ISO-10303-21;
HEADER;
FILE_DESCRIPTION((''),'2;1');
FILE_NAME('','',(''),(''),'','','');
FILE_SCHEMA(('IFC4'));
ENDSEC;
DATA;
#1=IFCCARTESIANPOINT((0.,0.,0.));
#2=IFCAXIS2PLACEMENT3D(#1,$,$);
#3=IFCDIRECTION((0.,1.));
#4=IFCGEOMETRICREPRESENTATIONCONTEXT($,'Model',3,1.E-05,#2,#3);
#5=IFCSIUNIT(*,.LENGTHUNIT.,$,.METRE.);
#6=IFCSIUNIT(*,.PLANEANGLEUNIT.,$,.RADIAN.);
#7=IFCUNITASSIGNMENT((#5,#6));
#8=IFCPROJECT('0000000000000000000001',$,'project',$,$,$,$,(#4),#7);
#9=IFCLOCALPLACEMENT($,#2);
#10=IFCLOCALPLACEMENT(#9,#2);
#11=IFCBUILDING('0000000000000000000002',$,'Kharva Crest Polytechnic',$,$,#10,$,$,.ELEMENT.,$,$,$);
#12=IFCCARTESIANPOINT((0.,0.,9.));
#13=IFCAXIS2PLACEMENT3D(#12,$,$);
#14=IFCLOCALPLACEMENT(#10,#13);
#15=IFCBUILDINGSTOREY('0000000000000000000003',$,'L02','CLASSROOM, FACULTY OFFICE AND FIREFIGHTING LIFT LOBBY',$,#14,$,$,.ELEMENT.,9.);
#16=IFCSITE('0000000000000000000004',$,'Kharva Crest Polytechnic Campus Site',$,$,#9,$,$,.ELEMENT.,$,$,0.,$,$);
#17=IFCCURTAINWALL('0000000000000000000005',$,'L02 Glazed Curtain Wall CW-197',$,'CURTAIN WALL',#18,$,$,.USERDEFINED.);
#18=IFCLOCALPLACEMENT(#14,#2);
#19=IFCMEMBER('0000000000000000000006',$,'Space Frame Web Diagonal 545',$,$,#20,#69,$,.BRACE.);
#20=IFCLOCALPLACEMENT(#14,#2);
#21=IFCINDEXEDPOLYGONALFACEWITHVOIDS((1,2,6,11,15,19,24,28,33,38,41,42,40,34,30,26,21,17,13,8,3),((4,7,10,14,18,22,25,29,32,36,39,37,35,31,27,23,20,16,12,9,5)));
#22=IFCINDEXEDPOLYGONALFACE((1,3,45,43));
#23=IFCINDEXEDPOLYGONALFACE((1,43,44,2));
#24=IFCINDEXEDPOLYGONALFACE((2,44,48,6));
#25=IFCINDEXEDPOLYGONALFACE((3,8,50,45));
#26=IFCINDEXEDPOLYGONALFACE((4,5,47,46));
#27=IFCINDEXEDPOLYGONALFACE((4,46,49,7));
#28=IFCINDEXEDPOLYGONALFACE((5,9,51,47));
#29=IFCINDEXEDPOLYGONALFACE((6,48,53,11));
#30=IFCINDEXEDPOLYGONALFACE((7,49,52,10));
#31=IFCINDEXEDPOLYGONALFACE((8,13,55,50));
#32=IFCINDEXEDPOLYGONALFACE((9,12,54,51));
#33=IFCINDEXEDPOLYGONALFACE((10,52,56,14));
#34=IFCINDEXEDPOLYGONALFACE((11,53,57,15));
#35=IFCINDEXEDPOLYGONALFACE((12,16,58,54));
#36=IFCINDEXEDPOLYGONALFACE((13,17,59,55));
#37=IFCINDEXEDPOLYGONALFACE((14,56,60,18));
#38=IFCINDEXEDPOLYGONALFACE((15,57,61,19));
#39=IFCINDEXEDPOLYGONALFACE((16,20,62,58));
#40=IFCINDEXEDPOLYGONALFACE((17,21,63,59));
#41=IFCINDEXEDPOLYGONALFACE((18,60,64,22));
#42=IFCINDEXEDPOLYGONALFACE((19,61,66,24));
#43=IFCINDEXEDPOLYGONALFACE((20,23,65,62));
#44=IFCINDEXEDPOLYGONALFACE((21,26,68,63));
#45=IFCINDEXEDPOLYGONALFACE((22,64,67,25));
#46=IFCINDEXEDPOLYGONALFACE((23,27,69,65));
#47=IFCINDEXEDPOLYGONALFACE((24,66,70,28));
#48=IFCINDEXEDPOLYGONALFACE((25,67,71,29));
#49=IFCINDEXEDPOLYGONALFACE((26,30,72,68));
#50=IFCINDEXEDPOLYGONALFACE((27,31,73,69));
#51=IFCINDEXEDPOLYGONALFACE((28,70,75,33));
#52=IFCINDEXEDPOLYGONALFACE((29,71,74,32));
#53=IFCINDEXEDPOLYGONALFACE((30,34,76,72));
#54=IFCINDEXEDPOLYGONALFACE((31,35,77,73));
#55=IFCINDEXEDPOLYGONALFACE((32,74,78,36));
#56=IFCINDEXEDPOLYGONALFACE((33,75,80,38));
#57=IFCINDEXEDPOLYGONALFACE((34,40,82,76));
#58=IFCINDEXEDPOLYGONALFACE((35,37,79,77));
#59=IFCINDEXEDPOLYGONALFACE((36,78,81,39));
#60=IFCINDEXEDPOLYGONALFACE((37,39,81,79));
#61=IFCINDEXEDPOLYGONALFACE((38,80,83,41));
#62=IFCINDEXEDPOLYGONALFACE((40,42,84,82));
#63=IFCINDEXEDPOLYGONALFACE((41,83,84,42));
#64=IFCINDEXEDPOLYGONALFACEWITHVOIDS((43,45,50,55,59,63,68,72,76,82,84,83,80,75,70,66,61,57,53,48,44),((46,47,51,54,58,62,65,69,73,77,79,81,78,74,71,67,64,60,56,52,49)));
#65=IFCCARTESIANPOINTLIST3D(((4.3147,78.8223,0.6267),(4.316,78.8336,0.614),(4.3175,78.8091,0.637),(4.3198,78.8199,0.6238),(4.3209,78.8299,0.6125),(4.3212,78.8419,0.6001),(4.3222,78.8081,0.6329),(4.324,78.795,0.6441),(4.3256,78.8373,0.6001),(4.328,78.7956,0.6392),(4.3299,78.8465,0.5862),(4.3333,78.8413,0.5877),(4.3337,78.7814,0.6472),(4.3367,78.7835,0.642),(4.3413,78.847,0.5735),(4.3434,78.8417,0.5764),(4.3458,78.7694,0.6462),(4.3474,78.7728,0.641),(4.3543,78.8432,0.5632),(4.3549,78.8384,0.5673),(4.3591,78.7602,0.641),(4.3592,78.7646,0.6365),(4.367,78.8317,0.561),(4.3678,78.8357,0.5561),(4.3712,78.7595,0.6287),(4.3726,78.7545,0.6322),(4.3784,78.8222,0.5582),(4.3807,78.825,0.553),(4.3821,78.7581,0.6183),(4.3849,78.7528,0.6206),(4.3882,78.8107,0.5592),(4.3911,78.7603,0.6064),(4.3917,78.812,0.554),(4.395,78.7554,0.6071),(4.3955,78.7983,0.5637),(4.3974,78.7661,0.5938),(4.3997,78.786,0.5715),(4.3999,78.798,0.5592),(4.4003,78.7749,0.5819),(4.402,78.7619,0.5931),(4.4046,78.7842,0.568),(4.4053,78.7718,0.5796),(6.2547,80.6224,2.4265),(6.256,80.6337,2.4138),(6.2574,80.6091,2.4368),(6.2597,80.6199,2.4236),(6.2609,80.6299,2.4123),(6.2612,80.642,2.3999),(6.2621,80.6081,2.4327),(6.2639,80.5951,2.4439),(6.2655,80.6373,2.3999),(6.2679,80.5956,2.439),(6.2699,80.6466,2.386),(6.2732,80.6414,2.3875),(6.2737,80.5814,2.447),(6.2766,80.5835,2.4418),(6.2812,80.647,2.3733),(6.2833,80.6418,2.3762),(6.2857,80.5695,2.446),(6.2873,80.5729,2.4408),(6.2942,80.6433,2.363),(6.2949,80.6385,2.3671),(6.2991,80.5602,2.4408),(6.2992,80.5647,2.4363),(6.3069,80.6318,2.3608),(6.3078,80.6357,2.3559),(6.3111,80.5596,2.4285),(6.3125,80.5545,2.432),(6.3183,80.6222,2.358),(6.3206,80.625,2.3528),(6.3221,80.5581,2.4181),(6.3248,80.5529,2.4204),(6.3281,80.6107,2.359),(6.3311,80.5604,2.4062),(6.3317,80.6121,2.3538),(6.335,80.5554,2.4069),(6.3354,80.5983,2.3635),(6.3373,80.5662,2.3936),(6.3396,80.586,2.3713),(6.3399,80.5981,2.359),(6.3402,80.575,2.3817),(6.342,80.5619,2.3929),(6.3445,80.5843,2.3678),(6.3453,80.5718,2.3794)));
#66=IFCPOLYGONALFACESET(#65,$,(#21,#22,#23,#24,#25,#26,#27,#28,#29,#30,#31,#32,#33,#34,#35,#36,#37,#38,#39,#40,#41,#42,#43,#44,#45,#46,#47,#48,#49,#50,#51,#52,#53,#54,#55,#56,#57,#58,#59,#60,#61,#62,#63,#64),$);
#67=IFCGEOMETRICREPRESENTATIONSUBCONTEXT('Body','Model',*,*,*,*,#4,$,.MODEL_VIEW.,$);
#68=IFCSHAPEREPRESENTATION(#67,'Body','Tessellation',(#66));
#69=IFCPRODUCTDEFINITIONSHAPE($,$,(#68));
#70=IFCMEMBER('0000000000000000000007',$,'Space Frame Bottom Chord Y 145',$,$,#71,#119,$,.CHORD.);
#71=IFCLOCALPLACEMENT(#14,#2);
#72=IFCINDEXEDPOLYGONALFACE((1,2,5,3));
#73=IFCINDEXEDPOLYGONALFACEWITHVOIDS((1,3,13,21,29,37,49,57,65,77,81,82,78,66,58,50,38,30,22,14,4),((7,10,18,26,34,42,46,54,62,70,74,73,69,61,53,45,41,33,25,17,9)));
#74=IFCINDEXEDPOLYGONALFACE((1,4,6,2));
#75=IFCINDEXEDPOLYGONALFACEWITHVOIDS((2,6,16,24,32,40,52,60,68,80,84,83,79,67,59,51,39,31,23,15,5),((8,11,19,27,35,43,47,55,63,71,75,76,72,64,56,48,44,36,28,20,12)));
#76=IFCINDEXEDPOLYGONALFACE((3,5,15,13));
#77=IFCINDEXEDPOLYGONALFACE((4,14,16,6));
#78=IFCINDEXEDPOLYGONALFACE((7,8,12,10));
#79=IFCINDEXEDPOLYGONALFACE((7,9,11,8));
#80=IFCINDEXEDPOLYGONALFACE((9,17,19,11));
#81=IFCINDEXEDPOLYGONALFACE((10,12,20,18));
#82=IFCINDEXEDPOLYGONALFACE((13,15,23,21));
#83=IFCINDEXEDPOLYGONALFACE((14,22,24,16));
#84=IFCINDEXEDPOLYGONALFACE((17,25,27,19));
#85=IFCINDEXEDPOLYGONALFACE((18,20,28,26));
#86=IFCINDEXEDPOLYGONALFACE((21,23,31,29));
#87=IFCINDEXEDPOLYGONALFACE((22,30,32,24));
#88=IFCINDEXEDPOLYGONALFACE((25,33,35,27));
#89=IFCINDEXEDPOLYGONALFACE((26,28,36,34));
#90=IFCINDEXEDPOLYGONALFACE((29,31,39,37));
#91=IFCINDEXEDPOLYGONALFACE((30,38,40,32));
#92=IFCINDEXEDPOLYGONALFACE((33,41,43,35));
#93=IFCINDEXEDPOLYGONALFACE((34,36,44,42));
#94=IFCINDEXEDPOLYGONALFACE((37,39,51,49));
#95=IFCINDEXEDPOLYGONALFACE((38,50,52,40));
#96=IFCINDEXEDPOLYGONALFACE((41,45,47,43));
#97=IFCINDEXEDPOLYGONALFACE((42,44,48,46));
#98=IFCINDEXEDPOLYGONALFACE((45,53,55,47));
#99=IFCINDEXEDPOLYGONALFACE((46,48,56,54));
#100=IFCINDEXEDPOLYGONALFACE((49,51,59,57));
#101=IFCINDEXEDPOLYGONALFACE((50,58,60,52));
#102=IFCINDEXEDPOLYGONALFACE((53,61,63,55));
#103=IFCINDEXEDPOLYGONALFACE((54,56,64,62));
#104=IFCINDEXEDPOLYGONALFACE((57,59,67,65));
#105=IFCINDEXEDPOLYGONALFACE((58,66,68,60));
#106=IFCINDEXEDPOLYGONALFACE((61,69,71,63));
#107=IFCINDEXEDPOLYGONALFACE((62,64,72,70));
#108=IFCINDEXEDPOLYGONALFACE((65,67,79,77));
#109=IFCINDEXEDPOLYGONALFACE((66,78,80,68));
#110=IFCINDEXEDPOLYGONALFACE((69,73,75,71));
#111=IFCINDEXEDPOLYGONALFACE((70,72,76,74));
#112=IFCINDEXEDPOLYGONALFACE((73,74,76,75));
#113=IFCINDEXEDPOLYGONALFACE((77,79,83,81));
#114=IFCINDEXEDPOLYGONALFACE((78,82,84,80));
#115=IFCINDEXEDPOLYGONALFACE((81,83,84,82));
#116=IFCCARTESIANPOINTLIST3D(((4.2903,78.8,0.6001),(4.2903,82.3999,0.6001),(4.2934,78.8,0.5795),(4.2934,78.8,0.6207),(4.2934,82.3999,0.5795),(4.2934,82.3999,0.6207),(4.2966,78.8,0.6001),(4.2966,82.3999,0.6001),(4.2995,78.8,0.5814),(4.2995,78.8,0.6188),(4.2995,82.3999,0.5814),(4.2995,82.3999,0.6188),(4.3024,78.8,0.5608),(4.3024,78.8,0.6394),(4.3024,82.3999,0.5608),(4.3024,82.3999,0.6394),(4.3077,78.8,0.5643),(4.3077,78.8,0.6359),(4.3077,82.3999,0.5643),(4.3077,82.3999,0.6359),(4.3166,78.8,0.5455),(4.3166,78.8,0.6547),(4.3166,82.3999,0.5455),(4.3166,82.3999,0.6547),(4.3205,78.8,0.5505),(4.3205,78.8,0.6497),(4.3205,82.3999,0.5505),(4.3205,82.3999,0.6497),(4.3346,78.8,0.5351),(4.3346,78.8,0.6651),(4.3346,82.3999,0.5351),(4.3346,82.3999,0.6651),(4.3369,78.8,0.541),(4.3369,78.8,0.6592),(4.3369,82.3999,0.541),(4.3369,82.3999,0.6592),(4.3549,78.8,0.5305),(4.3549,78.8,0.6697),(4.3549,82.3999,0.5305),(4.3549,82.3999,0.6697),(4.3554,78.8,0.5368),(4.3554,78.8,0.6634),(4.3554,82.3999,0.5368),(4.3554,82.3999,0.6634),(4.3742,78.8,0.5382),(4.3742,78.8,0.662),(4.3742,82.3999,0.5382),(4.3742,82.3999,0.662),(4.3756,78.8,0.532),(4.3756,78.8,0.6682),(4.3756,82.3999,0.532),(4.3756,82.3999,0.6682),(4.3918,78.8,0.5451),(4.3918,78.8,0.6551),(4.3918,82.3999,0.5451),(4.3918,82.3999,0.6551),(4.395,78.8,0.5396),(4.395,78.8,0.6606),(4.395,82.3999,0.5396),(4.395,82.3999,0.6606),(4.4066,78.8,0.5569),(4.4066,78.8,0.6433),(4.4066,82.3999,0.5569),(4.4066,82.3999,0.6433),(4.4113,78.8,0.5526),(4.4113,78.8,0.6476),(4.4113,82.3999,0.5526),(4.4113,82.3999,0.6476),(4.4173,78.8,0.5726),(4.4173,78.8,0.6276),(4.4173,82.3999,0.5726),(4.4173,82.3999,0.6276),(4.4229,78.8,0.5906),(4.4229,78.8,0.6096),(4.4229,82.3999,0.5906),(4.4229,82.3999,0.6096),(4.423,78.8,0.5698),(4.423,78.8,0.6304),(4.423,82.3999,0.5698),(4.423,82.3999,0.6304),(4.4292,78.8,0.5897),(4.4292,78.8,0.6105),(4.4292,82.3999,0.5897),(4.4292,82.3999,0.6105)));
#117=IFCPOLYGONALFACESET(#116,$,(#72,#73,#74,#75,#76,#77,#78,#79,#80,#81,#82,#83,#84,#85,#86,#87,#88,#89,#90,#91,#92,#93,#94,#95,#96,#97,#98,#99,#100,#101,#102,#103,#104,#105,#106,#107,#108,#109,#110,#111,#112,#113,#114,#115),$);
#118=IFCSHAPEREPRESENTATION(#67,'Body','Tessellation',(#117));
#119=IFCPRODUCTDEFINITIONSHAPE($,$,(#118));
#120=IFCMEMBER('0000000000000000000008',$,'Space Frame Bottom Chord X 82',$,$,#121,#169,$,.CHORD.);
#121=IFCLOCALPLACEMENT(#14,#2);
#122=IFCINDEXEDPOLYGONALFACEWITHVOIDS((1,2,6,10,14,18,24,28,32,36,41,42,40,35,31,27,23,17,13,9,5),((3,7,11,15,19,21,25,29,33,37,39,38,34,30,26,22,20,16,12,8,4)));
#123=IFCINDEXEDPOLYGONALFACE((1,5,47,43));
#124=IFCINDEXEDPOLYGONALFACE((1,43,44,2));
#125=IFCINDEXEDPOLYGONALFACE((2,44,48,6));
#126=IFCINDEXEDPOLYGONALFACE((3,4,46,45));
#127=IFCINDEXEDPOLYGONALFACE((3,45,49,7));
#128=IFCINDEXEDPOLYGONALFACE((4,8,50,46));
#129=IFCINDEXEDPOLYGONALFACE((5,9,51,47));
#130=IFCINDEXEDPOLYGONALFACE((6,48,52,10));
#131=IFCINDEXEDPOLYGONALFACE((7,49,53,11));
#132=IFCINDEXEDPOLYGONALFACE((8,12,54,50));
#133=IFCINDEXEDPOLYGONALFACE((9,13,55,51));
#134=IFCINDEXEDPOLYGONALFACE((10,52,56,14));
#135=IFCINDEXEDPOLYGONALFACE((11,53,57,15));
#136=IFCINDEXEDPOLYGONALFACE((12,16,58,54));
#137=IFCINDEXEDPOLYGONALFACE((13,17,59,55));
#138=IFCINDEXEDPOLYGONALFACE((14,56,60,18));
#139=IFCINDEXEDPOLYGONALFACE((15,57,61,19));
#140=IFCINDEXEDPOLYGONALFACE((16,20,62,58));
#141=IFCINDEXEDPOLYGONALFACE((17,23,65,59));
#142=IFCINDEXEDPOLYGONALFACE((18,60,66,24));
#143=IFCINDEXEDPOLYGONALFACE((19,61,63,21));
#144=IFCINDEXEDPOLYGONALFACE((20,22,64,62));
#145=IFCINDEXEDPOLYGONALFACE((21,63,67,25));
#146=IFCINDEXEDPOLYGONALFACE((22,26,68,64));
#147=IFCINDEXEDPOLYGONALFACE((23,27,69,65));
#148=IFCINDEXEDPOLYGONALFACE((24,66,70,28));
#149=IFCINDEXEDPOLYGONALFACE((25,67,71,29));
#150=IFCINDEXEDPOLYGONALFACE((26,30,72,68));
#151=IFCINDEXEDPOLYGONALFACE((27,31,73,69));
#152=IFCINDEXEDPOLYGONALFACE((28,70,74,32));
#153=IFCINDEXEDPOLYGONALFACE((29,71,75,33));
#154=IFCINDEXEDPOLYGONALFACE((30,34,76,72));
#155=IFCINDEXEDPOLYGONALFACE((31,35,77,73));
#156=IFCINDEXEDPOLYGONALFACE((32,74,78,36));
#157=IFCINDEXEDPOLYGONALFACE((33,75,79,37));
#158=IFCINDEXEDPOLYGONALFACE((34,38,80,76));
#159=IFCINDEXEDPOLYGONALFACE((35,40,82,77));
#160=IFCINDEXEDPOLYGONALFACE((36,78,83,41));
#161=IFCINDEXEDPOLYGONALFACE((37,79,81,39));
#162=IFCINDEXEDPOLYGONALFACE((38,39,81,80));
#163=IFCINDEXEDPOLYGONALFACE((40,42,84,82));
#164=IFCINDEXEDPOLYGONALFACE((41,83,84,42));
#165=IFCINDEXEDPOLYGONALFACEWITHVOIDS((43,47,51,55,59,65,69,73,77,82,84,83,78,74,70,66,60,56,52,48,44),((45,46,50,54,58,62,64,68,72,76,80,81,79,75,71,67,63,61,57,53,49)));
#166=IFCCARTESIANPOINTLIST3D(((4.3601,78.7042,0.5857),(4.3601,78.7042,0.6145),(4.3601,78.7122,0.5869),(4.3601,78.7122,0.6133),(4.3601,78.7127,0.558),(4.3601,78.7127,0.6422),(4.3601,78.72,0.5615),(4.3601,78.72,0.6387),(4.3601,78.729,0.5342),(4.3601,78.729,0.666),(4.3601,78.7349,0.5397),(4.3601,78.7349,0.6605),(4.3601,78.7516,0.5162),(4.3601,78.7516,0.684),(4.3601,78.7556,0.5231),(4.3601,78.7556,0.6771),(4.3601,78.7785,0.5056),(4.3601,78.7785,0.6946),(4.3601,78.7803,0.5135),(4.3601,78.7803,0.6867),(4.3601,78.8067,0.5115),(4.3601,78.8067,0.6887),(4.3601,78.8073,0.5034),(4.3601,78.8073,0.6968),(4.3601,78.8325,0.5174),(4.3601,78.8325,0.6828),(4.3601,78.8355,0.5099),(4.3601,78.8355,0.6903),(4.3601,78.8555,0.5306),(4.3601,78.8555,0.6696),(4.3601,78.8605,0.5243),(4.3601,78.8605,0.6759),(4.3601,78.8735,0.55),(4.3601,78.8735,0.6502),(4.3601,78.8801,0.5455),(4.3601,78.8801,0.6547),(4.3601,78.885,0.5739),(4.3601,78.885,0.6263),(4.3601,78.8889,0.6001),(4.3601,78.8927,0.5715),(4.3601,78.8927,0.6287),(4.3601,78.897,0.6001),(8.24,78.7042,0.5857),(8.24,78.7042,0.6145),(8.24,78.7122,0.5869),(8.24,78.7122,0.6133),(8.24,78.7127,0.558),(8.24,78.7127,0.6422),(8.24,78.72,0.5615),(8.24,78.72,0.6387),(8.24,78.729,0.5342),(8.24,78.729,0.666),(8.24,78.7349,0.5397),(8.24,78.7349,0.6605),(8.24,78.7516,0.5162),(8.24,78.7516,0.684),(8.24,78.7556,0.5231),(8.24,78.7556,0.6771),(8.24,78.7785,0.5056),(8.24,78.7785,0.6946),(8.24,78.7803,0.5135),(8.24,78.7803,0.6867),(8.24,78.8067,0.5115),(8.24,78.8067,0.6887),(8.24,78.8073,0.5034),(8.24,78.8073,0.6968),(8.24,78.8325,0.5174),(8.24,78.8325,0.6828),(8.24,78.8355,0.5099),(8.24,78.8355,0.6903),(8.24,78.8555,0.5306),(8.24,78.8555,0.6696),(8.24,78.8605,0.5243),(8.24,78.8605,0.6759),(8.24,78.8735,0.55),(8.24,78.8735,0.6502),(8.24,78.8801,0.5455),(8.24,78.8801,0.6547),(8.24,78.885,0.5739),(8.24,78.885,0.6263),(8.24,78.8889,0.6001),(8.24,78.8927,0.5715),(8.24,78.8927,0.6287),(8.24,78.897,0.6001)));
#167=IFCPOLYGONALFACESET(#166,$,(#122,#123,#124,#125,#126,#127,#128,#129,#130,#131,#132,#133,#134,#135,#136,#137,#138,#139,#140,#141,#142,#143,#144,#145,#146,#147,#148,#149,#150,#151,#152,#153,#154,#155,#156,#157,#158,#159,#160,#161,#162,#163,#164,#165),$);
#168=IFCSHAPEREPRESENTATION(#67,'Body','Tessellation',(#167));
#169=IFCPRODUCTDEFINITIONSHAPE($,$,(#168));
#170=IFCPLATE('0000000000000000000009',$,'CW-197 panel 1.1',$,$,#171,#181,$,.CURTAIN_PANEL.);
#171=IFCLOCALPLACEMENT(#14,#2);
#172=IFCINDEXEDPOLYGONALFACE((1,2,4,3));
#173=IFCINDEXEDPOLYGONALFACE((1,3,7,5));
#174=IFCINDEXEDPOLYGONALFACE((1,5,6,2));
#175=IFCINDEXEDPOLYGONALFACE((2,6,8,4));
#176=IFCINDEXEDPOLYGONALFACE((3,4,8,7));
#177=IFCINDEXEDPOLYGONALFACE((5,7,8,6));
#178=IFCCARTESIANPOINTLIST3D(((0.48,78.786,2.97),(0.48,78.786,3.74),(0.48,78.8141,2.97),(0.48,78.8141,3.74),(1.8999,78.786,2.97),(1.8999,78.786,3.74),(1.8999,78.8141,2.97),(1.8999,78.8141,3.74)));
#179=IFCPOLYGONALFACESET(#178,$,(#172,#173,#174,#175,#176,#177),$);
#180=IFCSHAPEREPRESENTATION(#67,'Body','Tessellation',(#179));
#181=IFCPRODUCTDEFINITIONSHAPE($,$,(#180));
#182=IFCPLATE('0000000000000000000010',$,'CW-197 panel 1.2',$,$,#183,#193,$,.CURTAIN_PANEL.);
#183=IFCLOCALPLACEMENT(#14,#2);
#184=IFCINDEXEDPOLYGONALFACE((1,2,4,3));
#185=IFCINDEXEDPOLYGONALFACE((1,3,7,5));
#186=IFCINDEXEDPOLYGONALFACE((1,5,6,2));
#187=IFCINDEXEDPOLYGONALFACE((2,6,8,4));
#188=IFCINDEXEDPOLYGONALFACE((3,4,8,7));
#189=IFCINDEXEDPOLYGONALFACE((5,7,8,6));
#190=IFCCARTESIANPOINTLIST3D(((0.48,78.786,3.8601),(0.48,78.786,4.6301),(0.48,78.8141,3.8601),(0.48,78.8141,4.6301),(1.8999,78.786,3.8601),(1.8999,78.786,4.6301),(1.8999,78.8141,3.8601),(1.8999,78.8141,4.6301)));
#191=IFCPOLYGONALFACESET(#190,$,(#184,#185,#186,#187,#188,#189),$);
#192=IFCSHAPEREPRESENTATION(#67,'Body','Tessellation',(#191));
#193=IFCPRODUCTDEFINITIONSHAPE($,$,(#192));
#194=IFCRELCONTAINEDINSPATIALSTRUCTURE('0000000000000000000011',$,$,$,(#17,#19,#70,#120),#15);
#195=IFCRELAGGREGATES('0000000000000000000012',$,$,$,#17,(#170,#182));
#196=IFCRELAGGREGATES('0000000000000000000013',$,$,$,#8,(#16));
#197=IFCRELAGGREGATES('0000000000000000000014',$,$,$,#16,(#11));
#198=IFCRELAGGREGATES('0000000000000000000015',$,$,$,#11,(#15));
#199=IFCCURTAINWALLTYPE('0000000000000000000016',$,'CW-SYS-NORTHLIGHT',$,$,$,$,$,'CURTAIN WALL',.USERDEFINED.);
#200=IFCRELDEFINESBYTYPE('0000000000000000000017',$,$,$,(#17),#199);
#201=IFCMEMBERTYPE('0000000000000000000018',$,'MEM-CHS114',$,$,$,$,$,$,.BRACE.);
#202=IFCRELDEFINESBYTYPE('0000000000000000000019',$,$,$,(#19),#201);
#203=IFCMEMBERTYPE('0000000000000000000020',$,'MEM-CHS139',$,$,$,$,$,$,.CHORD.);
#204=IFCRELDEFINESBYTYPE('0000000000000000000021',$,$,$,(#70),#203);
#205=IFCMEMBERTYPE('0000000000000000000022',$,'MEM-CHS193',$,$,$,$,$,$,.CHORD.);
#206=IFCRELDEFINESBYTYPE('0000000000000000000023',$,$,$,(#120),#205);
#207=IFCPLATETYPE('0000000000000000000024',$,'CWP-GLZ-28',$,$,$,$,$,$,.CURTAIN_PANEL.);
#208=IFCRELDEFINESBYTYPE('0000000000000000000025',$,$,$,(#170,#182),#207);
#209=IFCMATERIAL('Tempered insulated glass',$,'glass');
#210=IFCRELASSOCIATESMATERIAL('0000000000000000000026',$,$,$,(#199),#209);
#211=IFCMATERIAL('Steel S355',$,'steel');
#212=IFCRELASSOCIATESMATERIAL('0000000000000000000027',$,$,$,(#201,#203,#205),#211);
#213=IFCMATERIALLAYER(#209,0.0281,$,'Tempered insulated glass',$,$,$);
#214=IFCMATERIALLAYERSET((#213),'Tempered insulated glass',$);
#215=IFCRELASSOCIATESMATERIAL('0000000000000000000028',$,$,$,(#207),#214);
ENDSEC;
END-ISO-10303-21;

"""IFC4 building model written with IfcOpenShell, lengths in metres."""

from ifc_helpers import new_model, si_unit, direction, frame, origin, origin_2d, place, context, subcontext, project, spatial, rectangle, hollow_circle, extrude, material, layer, layer_set, material_profile, profile_set, type_object, element, aggregate, save


model = new_model("IFC4")

# Units and contexts
model_context = context("Model", 3, precision=1e-05, world=origin(), true_north=direction((0.0, 1.0)))
body_context = subcontext(model_context, "Body", "Model", "MODEL_VIEW")
ifc_project = project(units=[si_unit("LENGTHUNIT", "METRE"), si_unit("PLANEANGLEUNIT", "RADIAN")], contexts=[model_context])

# Site, building, storey
site_placement = place(None, origin())
site = spatial("IfcSite", under=ifc_project, at=site_placement, Name="Kharva Crest Polytechnic Campus Site", CompositionType="ELEMENT", RefElevation=0.0)
building_placement = place(site_placement, origin())
building = spatial("IfcBuilding", under=site, at=building_placement, Name="Kharva Crest Polytechnic", CompositionType="ELEMENT")
storey_placement = place(building_placement, frame((0.0, 0.0, 9.0)))
storey = spatial("IfcBuildingStorey", under=building, at=storey_placement, Name="L02", Description="CLASSROOM, FACULTY OFFICE AND FIREFIGHTING LIFT LOBBY", CompositionType="ELEMENT", Elevation=9.0)

# Curtain wall
ifc_material_1 = material(Name="Tempered insulated glass", Category="glass")
curtain_wall_type = type_object("IfcCurtainWallType", Name="CW-SYS-NORTHLIGHT", ElementType="CURTAIN WALL", PredefinedType="USERDEFINED", material=ifc_material_1)
curtain_wall_placement = place(storey_placement, origin())
curtain_wall = element("IfcCurtainWall", 1, at=curtain_wall_placement, inside=storey, type_object=curtain_wall_type, Name="L02 Glazed Curtain Wall CW-197", ObjectType="CURTAIN WALL", PredefinedType="USERDEFINED")
ifc_material_2 = material(Name="Steel S355", Category="steel")

# Members
ifc_material_profile_1 = material_profile(ifc_material_2, hollow_circle(Radius=0.0571, WallThickness=0.0063, at=origin_2d()), Name="CHS 114.3X6.3")
ifc_profile_set_1 = profile_set([ifc_material_profile_1], Name="Steel S355")
member_type_1 = type_object("IfcMemberType", Name="MEM-CHS114", PredefinedType="BRACE", material=ifc_profile_set_1)
member_1_placement = place(storey_placement, frame((4.3601, 78.8, 0.6001), z_axis=(0.606147, 0.562437, 0.562361), x_axis=(-0.680182, 0.733043, 0.0)))
element("IfcMember", 2, at=member_1_placement, inside=storey, type_object=member_type_1, Name="Space Frame Web Diagonal 545", PredefinedType="BRACE", context=body_context, shape_type="SweptSolid", body=[
    extrude(hollow_circle(Radius=0.0571, WallThickness=0.0063, at=origin_2d()), origin(), (0.0, 0.0, 1.0), 3.2004),
])
ifc_material_profile_2 = material_profile(ifc_material_2, hollow_circle(Radius=0.0698, WallThickness=0.0063, at=origin_2d()), Name="CHS 139.7X6.3")
ifc_profile_set_2 = profile_set([ifc_material_profile_2], Name="Steel S355")
member_type_2 = type_object("IfcMemberType", Name="MEM-CHS139", PredefinedType="CHORD", material=ifc_profile_set_2)
member_2_placement = place(storey_placement, frame((4.3601, 78.8, 0.6001), z_axis=(0.0, 1.0, 0.0), x_axis=(-1.0, 0.0, 0.0)))
element("IfcMember", 3, at=member_2_placement, inside=storey, type_object=member_type_2, Name="Space Frame Bottom Chord Y 145", PredefinedType="CHORD", context=body_context, shape_type="SweptSolid", body=[
    extrude(hollow_circle(Radius=0.0698, WallThickness=0.0063, at=origin_2d()), origin(), (0.0, 0.0, 1.0), 3.5999),
])
ifc_material_profile_3 = material_profile(ifc_material_2, hollow_circle(Radius=0.0969, WallThickness=0.0081, at=origin_2d()), Name="CHS 193.7X8.0")
ifc_profile_set_3 = profile_set([ifc_material_profile_3], Name="Steel S355")
member_type_3 = type_object("IfcMemberType", Name="MEM-CHS193", PredefinedType="CHORD", material=ifc_profile_set_3)
member_3_placement = place(storey_placement, frame((4.3601, 78.8, 0.6001), z_axis=(1.0, 0.0, 0.0), x_axis=(0.0, 1.0, 0.0)))
element("IfcMember", 4, at=member_3_placement, inside=storey, type_object=member_type_3, Name="Space Frame Bottom Chord X 82", PredefinedType="CHORD", context=body_context, shape_type="SweptSolid", body=[
    extrude(hollow_circle(Radius=0.0969, WallThickness=0.0081, at=origin_2d()), origin(), (0.0, 0.0, 1.0), 3.8799),
])

# Plates
ifc_layer = layer(ifc_material_1, 0.0281, Name="Tempered insulated glass")
ifc_layer_set = layer_set([ifc_layer], Name="Tempered insulated glass")
plate_type = type_object("IfcPlateType", Name="CWP-GLZ-28", PredefinedType="CURTAIN_PANEL", material=ifc_layer_set)
plate_1_placement = place(storey_placement, frame((1.1899, 78.8, 2.97), z_axis=(0.0, 0.0, 1.0), x_axis=(1.0, 0.0, 0.0)))
plate_1 = element("IfcPlate", 5, at=plate_1_placement, type_object=plate_type, Name="CW-197 panel 1.1", PredefinedType="CURTAIN_PANEL", context=body_context, shape_type="SweptSolid", body=[
    extrude(rectangle(XDim=1.4199, YDim=0.0281, at=origin_2d()), origin(), (0.0, 0.0, 1.0), 0.77),
])
plate_2_placement = place(storey_placement, frame((1.1899, 78.8, 3.8601), z_axis=(0.0, 0.0, 1.0), x_axis=(1.0, 0.0, 0.0)))
plate_2 = element("IfcPlate", 6, at=plate_2_placement, type_object=plate_type, Name="CW-197 panel 1.2", PredefinedType="CURTAIN_PANEL", context=body_context, shape_type="SweptSolid", body=[
    extrude(rectangle(XDim=1.4199, YDim=0.0281, at=origin_2d()), origin(), (0.0, 0.0, 1.0), 0.77),
])
aggregate(curtain_wall, [plate_1, plate_2])

save(model, "model.ifc")
